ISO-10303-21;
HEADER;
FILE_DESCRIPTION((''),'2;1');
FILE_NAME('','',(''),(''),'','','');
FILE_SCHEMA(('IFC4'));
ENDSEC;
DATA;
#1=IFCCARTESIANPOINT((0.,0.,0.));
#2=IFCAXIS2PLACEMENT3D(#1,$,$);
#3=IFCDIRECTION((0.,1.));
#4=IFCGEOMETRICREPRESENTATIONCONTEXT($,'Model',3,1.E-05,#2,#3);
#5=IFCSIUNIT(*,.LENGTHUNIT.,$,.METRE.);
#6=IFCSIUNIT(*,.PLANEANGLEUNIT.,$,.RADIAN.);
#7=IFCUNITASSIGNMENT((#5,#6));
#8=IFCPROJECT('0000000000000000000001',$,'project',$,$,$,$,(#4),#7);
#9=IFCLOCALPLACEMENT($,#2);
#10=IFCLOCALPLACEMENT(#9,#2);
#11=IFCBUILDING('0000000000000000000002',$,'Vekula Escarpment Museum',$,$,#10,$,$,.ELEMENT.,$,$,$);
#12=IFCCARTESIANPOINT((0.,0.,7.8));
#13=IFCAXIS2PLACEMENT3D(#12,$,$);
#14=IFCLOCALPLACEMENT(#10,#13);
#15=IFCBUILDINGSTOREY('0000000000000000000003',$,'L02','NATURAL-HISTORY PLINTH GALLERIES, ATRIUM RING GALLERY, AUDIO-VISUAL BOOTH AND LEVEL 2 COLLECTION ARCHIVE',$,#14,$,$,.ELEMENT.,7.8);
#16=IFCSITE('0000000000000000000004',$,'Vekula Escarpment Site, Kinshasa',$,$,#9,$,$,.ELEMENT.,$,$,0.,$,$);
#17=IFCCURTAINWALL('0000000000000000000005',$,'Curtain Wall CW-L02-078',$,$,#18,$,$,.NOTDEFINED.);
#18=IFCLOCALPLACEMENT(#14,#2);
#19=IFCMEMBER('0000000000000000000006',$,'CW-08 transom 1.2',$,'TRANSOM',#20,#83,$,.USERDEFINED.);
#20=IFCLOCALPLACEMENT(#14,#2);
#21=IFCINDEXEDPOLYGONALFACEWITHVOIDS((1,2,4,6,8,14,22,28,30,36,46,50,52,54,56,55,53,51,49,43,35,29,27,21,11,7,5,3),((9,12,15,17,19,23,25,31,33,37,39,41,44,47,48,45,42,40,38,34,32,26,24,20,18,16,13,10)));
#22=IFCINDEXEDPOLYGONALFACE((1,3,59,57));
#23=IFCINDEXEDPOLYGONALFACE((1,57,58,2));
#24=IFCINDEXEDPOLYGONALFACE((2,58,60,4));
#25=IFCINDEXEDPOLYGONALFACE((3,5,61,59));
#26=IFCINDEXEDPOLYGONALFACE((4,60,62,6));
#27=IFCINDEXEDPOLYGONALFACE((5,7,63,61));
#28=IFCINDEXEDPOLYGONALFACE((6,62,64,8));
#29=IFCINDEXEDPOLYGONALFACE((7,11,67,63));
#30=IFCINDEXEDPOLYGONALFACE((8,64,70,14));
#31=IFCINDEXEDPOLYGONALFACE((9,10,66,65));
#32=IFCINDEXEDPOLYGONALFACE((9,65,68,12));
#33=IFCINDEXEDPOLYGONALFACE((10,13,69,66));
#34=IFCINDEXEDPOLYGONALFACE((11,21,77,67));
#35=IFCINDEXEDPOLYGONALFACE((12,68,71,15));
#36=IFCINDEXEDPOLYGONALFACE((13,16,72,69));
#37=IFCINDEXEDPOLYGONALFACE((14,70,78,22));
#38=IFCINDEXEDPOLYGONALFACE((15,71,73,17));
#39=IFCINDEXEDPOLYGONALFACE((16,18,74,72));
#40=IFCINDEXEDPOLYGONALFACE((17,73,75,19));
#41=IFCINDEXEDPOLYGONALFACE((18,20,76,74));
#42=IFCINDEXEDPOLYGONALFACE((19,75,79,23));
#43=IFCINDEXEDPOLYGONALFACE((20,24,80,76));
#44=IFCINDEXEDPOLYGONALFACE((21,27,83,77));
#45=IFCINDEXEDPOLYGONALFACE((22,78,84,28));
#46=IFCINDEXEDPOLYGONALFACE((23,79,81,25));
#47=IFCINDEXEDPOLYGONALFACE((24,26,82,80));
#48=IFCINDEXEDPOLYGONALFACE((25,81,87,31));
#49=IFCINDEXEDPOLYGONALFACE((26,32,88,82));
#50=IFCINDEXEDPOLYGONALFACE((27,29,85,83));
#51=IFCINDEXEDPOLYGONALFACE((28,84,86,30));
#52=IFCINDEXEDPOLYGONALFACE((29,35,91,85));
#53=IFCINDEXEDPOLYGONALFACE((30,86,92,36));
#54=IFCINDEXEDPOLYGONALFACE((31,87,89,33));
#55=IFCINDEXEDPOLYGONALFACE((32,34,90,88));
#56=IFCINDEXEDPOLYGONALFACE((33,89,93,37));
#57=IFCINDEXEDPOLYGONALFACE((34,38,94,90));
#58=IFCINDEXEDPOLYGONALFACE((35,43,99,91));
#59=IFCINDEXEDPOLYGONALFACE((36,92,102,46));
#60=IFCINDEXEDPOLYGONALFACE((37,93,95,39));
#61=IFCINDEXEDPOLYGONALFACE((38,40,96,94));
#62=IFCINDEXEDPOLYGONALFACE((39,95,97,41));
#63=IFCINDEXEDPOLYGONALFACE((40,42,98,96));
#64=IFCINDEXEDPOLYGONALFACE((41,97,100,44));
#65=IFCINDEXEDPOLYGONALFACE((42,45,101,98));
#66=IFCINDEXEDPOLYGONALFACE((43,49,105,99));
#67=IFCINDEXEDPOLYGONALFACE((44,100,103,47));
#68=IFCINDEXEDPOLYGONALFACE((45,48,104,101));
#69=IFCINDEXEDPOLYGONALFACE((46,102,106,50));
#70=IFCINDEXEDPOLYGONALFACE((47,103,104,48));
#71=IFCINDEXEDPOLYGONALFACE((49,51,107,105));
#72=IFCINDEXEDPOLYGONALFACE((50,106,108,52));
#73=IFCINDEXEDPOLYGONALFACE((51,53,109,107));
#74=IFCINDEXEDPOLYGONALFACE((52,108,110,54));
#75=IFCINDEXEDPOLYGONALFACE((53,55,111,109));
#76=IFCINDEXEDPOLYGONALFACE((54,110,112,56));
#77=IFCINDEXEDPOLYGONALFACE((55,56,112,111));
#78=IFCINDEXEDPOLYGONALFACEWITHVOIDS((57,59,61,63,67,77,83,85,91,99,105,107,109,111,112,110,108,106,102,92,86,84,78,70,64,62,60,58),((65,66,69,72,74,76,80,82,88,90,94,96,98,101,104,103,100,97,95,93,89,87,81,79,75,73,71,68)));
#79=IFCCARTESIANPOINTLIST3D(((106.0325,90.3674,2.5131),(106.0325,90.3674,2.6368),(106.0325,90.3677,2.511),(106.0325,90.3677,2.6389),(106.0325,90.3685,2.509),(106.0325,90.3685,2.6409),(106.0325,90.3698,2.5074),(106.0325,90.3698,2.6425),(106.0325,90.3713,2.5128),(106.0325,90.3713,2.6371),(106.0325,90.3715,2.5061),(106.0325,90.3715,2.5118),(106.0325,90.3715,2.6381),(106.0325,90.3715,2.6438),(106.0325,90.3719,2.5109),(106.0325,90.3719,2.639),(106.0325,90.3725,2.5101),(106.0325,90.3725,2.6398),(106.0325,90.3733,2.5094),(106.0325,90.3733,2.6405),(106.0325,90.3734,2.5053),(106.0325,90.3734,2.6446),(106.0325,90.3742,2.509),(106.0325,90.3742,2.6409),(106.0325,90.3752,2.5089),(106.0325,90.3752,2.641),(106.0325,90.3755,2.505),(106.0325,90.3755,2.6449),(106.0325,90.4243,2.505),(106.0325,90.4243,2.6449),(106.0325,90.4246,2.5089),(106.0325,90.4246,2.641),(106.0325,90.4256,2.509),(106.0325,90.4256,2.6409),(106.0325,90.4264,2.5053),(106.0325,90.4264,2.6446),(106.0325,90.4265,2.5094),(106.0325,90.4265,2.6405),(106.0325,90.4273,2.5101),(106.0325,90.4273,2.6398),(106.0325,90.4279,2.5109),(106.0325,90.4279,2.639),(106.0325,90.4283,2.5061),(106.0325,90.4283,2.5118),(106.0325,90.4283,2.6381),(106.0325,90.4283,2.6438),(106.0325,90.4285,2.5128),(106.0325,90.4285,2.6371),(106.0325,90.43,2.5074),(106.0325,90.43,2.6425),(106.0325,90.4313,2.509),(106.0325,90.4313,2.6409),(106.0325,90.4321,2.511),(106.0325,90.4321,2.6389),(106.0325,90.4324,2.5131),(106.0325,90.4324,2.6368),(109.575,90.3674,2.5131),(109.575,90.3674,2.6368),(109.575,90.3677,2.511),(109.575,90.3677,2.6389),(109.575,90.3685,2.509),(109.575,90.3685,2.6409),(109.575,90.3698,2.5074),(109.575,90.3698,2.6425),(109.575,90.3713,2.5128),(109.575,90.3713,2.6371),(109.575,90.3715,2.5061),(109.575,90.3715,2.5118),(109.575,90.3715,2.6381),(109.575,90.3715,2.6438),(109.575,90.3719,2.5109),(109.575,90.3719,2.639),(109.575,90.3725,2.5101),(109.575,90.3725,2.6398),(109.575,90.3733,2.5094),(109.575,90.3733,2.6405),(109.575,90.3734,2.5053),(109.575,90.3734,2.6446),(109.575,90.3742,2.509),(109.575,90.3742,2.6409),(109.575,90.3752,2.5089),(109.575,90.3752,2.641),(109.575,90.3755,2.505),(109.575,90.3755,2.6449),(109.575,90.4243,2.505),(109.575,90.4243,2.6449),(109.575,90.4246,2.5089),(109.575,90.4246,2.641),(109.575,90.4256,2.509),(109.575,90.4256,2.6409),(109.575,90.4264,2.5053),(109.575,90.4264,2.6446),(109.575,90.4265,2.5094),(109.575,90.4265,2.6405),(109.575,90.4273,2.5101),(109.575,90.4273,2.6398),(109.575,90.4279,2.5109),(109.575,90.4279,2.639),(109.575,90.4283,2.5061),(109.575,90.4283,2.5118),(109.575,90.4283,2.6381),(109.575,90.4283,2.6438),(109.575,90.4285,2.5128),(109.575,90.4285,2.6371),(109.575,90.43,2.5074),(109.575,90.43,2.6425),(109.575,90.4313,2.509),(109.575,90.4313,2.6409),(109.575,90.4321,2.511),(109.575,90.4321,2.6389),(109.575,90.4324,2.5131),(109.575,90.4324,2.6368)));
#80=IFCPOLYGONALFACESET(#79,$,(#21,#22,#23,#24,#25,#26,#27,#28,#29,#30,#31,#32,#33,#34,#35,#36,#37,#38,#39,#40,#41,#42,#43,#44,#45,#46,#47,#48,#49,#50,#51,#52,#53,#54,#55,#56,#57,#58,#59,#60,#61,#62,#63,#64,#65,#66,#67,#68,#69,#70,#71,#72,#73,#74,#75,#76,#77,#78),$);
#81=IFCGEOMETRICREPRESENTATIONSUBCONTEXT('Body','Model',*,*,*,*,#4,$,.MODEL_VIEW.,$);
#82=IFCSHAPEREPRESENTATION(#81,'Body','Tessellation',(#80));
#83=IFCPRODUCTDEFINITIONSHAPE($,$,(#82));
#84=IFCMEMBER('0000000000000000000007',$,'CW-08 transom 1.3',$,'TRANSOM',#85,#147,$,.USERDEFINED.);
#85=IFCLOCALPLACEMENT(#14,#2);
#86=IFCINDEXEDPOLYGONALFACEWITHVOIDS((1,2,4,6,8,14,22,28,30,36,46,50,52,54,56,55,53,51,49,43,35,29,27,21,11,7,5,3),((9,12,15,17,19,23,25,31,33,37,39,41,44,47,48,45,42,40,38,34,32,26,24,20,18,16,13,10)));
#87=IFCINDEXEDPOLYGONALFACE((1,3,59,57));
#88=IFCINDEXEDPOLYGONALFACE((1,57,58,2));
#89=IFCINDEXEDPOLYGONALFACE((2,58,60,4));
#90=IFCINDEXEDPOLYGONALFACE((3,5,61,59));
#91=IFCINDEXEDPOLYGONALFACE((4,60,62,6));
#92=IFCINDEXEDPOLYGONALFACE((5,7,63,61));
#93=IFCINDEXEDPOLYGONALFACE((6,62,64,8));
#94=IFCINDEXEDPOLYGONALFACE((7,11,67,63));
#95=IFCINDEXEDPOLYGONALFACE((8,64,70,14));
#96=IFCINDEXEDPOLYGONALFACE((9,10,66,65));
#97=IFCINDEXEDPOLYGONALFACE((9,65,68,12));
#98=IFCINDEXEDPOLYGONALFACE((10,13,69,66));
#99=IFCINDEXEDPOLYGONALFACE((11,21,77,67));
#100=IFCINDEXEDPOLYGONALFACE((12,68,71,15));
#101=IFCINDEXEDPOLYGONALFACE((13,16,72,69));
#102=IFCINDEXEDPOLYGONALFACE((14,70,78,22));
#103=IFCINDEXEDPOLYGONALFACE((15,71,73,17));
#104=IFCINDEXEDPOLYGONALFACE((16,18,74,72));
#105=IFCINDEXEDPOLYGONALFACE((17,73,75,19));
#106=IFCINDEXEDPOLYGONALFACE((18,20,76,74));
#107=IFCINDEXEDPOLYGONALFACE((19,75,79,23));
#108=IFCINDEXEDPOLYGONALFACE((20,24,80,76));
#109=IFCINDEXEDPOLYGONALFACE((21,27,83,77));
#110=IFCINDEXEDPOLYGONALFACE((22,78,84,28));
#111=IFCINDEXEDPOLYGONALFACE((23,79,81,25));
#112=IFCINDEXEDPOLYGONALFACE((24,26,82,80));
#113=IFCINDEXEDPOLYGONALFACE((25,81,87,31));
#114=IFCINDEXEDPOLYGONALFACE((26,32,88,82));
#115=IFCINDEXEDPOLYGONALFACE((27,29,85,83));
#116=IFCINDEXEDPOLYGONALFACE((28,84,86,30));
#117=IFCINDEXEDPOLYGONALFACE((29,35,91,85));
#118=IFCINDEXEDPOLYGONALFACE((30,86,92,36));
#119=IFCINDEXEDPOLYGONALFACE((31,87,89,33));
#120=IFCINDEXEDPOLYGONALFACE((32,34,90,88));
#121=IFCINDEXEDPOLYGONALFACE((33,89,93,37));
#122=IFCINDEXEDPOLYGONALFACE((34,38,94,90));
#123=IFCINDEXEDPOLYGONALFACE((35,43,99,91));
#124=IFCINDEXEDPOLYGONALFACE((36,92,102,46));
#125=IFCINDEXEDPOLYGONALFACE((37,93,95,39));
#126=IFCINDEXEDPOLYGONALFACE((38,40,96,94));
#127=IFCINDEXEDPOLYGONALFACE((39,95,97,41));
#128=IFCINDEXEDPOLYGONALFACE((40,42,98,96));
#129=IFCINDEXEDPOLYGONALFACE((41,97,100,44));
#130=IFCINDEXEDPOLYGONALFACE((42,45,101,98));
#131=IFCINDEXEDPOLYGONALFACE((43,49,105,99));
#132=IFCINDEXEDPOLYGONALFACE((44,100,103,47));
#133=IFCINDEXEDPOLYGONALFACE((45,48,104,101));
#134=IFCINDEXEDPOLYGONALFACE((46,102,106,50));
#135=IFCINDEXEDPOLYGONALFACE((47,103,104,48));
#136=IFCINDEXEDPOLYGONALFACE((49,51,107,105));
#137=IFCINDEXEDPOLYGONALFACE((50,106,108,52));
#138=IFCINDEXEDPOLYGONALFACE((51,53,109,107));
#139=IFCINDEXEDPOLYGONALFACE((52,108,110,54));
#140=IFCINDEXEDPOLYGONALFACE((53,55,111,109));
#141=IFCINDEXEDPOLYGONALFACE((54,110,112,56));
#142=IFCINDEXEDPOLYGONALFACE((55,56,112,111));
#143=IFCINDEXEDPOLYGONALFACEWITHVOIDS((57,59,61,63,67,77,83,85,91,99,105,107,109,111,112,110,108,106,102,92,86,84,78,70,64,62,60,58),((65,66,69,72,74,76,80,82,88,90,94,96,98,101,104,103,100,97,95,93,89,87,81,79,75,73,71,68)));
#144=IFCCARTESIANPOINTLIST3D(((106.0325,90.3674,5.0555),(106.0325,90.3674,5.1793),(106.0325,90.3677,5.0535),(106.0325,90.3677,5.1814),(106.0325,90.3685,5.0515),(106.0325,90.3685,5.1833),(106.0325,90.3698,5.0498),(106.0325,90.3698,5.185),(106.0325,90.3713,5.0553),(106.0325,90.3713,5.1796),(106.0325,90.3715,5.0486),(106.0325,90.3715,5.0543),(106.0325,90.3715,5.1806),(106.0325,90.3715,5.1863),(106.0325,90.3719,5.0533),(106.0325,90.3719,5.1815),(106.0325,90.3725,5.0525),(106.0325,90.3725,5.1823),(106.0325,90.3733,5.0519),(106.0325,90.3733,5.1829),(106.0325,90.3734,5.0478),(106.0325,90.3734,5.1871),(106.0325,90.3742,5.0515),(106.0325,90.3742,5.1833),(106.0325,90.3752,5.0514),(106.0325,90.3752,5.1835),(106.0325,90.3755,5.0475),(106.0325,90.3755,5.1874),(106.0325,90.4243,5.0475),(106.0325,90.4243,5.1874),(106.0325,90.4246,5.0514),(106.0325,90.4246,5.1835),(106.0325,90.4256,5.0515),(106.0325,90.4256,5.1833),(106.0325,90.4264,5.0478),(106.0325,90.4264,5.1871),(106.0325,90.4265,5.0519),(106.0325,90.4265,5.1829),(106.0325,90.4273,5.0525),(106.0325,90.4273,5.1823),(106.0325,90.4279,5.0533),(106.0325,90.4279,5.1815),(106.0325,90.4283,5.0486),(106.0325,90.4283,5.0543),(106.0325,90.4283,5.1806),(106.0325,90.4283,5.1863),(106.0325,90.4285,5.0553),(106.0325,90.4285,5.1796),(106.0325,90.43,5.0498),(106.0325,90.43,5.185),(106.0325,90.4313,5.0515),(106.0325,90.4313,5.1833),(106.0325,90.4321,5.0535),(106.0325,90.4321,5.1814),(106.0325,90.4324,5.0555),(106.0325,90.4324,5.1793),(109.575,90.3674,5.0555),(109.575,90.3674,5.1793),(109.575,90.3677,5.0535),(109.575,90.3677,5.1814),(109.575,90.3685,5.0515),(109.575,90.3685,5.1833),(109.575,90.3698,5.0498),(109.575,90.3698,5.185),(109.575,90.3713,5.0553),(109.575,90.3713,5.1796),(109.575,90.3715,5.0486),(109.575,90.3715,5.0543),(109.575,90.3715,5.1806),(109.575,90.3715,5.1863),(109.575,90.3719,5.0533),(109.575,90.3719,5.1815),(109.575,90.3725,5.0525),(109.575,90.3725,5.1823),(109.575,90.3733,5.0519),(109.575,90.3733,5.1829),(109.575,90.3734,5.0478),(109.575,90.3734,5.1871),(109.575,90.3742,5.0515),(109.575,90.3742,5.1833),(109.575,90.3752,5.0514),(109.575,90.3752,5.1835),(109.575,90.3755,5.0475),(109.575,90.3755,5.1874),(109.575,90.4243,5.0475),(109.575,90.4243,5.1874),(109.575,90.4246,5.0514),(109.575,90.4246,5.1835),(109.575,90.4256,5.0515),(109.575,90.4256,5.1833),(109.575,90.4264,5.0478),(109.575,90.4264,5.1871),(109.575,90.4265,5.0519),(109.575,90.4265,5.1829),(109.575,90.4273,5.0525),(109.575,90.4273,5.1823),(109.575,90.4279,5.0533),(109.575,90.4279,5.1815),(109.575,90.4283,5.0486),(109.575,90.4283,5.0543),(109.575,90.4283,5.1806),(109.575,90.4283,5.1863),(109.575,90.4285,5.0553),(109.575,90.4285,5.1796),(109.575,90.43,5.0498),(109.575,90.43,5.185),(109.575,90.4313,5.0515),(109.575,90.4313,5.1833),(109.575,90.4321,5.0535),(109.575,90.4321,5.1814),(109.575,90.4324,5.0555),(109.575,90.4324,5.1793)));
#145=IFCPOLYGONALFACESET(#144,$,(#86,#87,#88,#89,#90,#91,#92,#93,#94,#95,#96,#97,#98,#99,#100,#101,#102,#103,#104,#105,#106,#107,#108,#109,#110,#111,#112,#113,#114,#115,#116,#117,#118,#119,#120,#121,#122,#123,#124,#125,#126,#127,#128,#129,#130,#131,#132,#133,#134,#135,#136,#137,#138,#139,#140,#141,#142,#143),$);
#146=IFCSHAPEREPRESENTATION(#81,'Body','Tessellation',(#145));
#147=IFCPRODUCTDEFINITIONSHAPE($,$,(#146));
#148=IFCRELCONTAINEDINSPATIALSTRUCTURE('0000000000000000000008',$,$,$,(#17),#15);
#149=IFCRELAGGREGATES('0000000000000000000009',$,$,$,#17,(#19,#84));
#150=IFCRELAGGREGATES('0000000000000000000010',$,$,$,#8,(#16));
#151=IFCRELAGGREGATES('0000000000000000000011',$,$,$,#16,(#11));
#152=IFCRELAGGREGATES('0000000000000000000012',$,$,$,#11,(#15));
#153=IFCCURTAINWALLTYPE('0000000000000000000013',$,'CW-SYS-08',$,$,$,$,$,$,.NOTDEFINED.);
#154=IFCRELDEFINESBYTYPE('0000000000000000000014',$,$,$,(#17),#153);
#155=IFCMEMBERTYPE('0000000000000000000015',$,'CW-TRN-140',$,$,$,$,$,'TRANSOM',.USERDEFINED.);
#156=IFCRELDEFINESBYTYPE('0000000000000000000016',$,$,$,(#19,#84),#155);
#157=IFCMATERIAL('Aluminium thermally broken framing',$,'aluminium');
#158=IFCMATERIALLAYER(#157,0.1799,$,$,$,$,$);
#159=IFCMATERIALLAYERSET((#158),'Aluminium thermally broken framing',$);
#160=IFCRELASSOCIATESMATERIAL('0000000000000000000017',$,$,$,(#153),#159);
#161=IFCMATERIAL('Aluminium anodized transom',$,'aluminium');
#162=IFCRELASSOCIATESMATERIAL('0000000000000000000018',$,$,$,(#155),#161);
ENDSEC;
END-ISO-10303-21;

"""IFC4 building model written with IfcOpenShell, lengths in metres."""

from ifc_helpers import new_model, si_unit, direction, frame, origin, origin_2d, place, context, subcontext, project, spatial, hollow_rectangle, extrude, material, layer, layer_set, material_profile, profile_set, type_object, element, aggregate, save


model = new_model("IFC4")

# Units and contexts
model_context = context("Model", 3, precision=1e-05, world=origin(), true_north=direction((0.0, 1.0)))
body_context = subcontext(model_context, "Body", "Model", "MODEL_VIEW")
ifc_project = project(units=[si_unit("LENGTHUNIT", "METRE"), si_unit("PLANEANGLEUNIT", "RADIAN")], contexts=[model_context])

# Site, building, storey
site_placement = place(None, origin())
site = spatial("IfcSite", under=ifc_project, at=site_placement, Name="Vekula Escarpment Site, Kinshasa", CompositionType="ELEMENT", RefElevation=0.0)
building_placement = place(site_placement, origin())
building = spatial("IfcBuilding", under=site, at=building_placement, Name="Vekula Escarpment Museum", CompositionType="ELEMENT")
storey_placement = place(building_placement, frame((0.0, 0.0, 7.8)))
storey = spatial("IfcBuildingStorey", under=building, at=storey_placement, Name="L02", Description="NATURAL-HISTORY PLINTH GALLERIES, ATRIUM RING GALLERY, AUDIO-VISUAL BOOTH AND LEVEL 2 COLLECTION ARCHIVE", CompositionType="ELEMENT", Elevation=7.8)

# Curtain wall
ifc_material_1 = material(Name="Aluminium thermally broken framing", Category="aluminium")
ifc_layer_1 = layer(ifc_material_1, 0.1799)
ifc_layer_set_1 = layer_set([ifc_layer_1], Name="Aluminium thermally broken framing")
curtain_wall_type_1 = type_object("IfcCurtainWallType", Name="CW-SYS-08", PredefinedType="NOTDEFINED", material=ifc_layer_set_1)
curtain_wall_1_placement = place(storey_placement, origin())
curtain_wall_1 = element("IfcCurtainWall", 1, at=curtain_wall_1_placement, inside=storey, type_object=curtain_wall_type_1, Name="Curtain Wall CW-L02-078", PredefinedType="NOTDEFINED")

# Members
ifc_material_2 = material(Name="Aluminium anodized transom", Category="aluminium")
ifc_material_profile_1 = material_profile(ifc_material_2, hollow_rectangle(XDim=0.0649, YDim=0.1399, WallThickness=0.0039, InnerFilletRadius=0.0039, OuterFilletRadius=0.0081, at=origin_2d()), Name="ALU 140x65x4")
ifc_profile_set_1 = profile_set([ifc_material_profile_1], Name="Aluminium anodized transom")
member_type_1 = type_object("IfcMemberType", Name="CW-TRN-140", ElementType="TRANSOM", PredefinedType="USERDEFINED", material=ifc_profile_set_1)
member_1_placement = place(storey_placement, frame((109.575, 90.3999, 2.575), z_axis=(-1.0, 0.0, 0.0), x_axis=(0.0, -1.0, 0.0)))
member_1 = element("IfcMember", 2, at=member_1_placement, type_object=member_type_1, Name="CW-08 transom 1.2", ObjectType="TRANSOM", PredefinedType="USERDEFINED", context=body_context, shape_type="SweptSolid", body=[
    extrude(hollow_rectangle(XDim=0.0649, YDim=0.1399, WallThickness=0.0039, InnerFilletRadius=0.0039, OuterFilletRadius=0.0081, at=origin_2d()), origin(), (0.0, 0.0, 1.0), 3.5425),
])
member_2_placement = place(storey_placement, frame((109.575, 90.3999, 5.1174), z_axis=(-1.0, 0.0, 0.0), x_axis=(0.0, -1.0, 0.0)))
member_2 = element("IfcMember", 3, at=member_2_placement, type_object=member_type_1, Name="CW-08 transom 1.3", ObjectType="TRANSOM", PredefinedType="USERDEFINED", context=body_context, shape_type="SweptSolid", body=[
    extrude(hollow_rectangle(XDim=0.0649, YDim=0.1399, WallThickness=0.0039, InnerFilletRadius=0.0039, OuterFilletRadius=0.0081, at=origin_2d()), origin(), (0.0, 0.0, 1.0), 3.5425),
])

aggregate(curtain_wall_1, [member_1, member_2])

save(model, "model.ifc")
